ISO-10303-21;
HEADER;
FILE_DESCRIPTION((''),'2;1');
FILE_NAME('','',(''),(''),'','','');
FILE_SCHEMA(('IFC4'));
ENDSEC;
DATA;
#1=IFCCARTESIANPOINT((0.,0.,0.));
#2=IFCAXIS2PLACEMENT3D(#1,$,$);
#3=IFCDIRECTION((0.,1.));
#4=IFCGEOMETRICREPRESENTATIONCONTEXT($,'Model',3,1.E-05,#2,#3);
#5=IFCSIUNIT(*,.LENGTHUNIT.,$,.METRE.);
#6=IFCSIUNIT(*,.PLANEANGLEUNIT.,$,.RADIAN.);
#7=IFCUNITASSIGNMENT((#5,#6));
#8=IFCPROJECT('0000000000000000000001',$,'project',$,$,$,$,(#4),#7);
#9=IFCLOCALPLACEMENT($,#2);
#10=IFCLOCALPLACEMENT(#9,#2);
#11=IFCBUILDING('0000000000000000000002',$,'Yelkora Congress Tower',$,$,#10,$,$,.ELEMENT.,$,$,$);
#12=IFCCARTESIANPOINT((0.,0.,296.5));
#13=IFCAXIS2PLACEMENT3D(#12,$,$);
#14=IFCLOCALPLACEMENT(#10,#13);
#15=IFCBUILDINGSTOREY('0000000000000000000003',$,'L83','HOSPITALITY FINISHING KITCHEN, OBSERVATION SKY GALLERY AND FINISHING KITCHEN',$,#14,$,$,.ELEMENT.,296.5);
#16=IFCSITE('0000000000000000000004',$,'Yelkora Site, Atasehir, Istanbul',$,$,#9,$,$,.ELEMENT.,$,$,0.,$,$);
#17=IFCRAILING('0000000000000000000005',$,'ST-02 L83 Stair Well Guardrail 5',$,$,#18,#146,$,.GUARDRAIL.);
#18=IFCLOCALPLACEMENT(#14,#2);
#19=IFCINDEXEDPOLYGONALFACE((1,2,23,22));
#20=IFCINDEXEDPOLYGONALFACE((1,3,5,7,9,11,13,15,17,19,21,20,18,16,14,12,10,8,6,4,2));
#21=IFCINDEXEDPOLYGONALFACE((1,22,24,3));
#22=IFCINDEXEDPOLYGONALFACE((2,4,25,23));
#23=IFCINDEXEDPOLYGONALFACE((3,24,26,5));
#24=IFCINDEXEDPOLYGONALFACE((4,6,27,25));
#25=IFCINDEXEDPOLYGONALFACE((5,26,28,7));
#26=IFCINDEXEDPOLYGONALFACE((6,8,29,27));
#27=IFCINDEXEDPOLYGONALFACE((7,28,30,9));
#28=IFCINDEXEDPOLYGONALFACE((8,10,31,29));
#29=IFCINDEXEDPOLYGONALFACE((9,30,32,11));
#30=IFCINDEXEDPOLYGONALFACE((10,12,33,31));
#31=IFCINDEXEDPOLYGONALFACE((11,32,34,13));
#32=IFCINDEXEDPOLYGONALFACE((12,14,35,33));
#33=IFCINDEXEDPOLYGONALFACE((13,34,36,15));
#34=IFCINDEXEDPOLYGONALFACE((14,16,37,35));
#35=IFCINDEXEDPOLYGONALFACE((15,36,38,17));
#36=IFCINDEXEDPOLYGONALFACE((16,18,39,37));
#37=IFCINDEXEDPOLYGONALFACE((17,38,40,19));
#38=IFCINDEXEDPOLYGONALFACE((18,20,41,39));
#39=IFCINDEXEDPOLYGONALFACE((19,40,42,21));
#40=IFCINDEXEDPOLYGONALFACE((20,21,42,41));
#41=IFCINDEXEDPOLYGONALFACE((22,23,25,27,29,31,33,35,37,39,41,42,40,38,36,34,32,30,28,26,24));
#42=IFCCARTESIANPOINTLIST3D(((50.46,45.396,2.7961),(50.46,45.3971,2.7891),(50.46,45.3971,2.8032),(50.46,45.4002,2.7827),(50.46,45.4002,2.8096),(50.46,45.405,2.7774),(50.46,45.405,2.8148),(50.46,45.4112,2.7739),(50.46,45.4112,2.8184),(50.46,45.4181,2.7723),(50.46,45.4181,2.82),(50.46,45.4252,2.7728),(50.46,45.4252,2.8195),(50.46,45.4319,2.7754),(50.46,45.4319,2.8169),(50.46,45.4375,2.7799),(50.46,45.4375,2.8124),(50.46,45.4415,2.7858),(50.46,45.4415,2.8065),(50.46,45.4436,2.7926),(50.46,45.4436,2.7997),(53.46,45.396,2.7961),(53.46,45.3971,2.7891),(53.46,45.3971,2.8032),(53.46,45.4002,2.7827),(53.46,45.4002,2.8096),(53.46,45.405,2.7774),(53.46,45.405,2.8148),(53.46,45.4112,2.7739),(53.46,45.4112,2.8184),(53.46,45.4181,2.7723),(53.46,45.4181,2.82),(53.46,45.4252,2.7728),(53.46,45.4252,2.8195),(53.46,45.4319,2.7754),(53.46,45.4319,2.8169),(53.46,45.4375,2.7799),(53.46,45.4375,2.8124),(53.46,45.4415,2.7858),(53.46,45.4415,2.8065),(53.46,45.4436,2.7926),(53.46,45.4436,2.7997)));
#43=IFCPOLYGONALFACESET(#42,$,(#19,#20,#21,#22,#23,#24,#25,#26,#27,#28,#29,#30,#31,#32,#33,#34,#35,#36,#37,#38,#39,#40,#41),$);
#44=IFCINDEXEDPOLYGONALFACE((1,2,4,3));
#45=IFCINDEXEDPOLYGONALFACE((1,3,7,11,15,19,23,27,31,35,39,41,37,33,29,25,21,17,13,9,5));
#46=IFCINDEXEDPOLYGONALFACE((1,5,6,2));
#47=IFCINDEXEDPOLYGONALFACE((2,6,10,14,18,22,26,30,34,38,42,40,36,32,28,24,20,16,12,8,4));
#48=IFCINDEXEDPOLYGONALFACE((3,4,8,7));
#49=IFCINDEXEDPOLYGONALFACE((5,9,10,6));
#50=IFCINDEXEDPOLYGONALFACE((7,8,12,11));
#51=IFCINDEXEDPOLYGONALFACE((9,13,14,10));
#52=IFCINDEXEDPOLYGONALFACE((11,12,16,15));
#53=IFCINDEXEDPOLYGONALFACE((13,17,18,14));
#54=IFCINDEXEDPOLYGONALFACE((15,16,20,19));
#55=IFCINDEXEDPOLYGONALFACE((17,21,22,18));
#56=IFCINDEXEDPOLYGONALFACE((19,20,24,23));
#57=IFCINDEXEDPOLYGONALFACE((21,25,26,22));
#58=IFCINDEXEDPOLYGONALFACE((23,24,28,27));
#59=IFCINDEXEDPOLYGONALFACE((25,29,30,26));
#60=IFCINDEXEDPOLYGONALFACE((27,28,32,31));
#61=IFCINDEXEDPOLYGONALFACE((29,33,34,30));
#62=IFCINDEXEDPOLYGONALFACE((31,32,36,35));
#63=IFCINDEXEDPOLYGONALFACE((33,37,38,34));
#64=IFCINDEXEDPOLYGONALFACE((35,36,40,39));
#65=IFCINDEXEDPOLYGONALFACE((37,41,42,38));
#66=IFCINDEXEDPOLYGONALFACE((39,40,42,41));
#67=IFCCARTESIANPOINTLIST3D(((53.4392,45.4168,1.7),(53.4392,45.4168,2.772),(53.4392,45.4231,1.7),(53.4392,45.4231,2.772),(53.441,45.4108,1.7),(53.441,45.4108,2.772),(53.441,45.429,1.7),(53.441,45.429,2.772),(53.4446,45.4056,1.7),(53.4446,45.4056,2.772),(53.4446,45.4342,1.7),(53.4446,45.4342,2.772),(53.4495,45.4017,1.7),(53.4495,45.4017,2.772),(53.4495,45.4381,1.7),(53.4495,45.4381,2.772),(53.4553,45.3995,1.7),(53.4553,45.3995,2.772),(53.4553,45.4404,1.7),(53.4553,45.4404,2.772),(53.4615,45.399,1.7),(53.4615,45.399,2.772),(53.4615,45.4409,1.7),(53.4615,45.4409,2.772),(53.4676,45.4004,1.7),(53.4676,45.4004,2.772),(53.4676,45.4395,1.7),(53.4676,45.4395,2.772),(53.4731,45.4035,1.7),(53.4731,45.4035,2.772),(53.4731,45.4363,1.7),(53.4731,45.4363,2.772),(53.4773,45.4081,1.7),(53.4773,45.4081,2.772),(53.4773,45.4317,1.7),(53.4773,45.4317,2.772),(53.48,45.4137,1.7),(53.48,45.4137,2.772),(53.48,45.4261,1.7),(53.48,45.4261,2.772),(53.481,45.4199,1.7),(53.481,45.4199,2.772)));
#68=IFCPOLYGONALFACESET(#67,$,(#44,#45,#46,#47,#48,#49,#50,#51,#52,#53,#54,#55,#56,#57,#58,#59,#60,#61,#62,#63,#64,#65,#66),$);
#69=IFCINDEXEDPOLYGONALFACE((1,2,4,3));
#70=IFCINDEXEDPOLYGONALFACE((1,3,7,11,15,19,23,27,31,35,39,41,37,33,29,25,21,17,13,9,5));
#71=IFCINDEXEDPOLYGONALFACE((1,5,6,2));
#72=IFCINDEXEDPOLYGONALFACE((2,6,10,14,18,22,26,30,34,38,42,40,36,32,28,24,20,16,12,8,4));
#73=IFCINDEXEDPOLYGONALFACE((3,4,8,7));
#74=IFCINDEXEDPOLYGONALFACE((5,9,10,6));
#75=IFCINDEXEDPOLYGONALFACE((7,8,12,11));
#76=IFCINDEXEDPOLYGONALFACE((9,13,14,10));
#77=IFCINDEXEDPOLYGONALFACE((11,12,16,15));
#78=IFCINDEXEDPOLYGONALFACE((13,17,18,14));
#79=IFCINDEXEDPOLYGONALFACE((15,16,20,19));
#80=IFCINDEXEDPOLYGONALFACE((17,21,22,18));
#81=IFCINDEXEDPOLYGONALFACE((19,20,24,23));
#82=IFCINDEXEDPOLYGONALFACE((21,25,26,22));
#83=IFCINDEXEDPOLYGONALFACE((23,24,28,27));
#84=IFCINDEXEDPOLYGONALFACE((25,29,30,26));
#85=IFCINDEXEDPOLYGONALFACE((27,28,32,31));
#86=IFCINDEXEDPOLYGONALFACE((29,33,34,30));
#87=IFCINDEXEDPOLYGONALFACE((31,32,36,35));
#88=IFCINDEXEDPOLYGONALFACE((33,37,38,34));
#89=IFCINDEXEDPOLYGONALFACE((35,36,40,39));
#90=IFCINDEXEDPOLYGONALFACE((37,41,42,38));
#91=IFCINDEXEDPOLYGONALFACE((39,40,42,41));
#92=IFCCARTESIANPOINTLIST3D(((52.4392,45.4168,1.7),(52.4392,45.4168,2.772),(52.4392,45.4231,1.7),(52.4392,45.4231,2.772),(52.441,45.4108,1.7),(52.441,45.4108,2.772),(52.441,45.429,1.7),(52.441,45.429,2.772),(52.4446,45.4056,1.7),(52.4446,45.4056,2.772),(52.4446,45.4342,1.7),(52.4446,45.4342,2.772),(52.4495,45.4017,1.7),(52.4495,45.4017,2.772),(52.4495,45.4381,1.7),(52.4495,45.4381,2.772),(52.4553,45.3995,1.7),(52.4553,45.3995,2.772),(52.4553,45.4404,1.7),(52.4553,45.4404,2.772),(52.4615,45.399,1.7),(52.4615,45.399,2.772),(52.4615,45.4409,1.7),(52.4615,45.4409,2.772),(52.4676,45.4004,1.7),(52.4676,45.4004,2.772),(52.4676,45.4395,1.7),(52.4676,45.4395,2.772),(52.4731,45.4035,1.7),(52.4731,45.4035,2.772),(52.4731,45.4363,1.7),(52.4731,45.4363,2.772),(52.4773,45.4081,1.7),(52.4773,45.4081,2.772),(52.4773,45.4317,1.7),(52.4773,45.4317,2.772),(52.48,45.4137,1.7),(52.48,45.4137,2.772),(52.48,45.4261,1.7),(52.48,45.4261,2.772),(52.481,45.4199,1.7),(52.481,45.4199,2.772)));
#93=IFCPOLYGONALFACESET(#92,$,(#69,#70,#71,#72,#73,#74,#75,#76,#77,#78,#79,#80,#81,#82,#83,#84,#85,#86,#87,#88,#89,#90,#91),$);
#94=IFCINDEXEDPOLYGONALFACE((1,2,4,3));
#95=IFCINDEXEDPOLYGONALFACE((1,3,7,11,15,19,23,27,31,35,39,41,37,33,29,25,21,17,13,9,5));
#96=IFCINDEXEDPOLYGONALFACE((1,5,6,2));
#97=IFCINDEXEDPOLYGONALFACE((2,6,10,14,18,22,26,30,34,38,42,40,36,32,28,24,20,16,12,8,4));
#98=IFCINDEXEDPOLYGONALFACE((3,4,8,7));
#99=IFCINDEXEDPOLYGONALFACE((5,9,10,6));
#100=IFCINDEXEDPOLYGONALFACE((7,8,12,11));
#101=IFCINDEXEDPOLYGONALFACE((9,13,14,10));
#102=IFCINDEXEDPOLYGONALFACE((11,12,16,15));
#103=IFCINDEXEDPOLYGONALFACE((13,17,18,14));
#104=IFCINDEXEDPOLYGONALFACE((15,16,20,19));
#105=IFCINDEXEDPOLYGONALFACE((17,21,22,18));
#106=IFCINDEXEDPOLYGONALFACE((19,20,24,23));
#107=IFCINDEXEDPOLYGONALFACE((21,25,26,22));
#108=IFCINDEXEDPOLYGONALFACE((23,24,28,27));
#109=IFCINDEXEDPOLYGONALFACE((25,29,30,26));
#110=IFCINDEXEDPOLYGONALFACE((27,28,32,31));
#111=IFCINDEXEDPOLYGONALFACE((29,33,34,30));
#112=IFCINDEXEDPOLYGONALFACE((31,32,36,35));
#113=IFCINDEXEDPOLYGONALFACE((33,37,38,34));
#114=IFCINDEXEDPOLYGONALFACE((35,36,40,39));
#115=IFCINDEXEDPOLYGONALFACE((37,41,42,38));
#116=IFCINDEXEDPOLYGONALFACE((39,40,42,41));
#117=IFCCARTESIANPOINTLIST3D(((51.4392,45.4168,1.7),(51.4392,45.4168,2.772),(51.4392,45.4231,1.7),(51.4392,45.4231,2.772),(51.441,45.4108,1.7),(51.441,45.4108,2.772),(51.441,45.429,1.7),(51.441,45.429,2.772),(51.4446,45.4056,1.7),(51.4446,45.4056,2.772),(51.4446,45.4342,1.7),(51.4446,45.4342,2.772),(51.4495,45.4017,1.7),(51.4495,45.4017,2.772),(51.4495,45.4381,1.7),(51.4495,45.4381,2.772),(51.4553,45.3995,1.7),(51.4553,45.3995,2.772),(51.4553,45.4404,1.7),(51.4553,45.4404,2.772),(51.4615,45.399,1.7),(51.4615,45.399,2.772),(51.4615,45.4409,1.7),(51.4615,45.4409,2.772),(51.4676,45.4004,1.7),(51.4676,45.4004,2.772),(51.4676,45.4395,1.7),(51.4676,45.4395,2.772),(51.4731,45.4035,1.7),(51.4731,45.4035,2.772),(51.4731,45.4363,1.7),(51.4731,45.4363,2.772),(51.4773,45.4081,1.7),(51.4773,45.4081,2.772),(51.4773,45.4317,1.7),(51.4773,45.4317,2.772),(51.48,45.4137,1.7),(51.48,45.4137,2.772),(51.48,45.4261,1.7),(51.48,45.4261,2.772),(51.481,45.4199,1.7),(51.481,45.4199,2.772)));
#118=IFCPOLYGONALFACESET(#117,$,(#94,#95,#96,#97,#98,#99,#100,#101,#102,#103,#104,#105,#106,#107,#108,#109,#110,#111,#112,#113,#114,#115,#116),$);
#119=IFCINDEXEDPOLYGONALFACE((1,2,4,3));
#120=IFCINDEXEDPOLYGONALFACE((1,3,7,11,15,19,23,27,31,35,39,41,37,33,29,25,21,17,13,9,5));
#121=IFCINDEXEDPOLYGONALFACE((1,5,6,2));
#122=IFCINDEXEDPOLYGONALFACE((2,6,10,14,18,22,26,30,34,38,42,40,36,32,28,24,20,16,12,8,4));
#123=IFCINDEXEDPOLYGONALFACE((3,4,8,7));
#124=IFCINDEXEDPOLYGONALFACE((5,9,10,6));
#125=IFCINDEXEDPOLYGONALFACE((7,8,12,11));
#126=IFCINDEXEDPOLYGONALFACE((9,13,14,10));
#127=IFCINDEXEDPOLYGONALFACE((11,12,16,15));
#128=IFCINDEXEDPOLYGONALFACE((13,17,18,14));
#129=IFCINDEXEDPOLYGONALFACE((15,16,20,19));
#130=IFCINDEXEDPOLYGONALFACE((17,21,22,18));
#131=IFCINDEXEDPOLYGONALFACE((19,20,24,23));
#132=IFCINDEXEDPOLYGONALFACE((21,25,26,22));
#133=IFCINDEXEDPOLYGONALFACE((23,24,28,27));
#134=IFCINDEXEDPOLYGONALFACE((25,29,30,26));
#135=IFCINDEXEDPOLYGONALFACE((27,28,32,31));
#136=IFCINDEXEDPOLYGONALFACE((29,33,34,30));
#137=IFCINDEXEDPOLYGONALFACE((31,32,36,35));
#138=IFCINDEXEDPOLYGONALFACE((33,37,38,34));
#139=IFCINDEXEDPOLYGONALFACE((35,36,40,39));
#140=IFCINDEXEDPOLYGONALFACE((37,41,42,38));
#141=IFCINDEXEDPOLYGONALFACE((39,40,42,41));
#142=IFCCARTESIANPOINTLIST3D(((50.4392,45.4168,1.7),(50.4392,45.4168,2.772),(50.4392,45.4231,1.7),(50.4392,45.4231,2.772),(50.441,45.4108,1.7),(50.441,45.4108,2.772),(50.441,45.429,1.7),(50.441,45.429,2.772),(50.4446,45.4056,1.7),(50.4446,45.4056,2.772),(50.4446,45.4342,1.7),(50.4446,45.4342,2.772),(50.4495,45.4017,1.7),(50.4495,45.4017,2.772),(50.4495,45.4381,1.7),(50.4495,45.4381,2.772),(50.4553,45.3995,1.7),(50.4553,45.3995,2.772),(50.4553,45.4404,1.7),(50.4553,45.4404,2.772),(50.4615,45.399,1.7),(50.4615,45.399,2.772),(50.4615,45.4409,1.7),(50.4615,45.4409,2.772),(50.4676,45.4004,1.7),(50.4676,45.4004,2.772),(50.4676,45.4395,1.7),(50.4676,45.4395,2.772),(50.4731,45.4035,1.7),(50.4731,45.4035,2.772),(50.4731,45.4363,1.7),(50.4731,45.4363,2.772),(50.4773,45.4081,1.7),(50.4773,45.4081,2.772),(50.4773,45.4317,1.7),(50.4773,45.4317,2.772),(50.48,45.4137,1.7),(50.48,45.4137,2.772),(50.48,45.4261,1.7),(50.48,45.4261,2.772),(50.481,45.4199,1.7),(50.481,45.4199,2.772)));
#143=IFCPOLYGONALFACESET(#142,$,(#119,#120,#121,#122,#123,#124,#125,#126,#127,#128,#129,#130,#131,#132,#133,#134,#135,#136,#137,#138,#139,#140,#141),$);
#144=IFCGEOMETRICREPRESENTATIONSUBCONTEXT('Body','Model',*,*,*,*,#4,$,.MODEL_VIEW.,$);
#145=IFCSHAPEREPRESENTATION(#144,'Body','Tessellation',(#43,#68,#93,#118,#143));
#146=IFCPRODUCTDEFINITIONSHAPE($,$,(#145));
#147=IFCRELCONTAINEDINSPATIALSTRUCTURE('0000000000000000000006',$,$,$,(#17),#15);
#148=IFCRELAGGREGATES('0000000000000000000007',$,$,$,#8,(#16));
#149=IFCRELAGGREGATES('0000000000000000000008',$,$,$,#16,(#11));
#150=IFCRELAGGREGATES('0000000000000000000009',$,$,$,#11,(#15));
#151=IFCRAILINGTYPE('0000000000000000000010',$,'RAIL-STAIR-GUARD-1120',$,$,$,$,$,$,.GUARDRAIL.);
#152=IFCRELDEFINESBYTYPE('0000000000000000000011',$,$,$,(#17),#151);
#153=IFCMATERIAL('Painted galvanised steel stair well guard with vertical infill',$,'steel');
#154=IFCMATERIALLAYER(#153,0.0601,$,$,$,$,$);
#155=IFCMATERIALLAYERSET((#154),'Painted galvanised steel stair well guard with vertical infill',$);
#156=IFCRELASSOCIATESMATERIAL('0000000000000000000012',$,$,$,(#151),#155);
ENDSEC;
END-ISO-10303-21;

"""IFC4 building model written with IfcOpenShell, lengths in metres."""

from ifc_helpers import new_model, si_unit, direction, frame, origin, origin_2d, place, context, subcontext, project, spatial, circle, extrude, material, layer, layer_set, type_object, element, save


model = new_model("IFC4")

# Units and contexts
model_context = context("Model", 3, precision=1e-05, world=origin(), true_north=direction((0.0, 1.0)))
body_context = subcontext(model_context, "Body", "Model", "MODEL_VIEW")
ifc_project = project(units=[si_unit("LENGTHUNIT", "METRE"), si_unit("PLANEANGLEUNIT", "RADIAN")], contexts=[model_context])

# Site, building, storey
site_placement = place(None, origin())
site = spatial("IfcSite", under=ifc_project, at=site_placement, Name="Yelkora Site, Atasehir, Istanbul", CompositionType="ELEMENT", RefElevation=0.0)
building_placement = place(site_placement, origin())
building = spatial("IfcBuilding", under=site, at=building_placement, Name="Yelkora Congress Tower", CompositionType="ELEMENT")
storey_placement = place(building_placement, frame((0.0, 0.0, 296.5)))
storey = spatial("IfcBuildingStorey", under=building, at=storey_placement, Name="L83", Description="HOSPITALITY FINISHING KITCHEN, OBSERVATION SKY GALLERY AND FINISHING KITCHEN", CompositionType="ELEMENT", Elevation=296.5)

# Railing
ifc_material_1 = material(Name="Painted galvanised steel stair well guard with vertical infill", Category="steel")
ifc_layer_1 = layer(ifc_material_1, 0.0601)
ifc_layer_set_1 = layer_set([ifc_layer_1], Name="Painted galvanised steel stair well guard with vertical infill")
railing_type = type_object("IfcRailingType", Name="RAIL-STAIR-GUARD-1120", PredefinedType="GUARDRAIL", material=ifc_layer_set_1)
railing_1_placement = place(storey_placement, frame((53.46, 45.4199, 1.7)))
element("IfcRailing", 1, at=railing_1_placement, inside=storey, type_object=railing_type, Name="ST-02 L83 Stair Well Guardrail 5", PredefinedType="GUARDRAIL", context=body_context, shape_type="SweptSolid", body=[
    extrude(circle(Radius=0.0239, at=origin_2d()), frame((0.0, 0.0, 1.0962), z_axis=(-1.0, 0.0, 0.0), x_axis=(0.0, -1.0, 0.0)), (0.0, 0.0, 1.0), 3.0),
    extrude(circle(Radius=0.021, at=origin_2d()), origin(), (0.0, 0.0, 1.0), 1.072),
    extrude(circle(Radius=0.021, at=origin_2d()), frame((-1.0, 0.0, 0.0)), (0.0, 0.0, 1.0), 1.072),
    extrude(circle(Radius=0.021, at=origin_2d()), frame((-2.0, 0.0, 0.0)), (0.0, 0.0, 1.0), 1.072),
    extrude(circle(Radius=0.021, at=origin_2d()), frame((-3.0, 0.0, 0.0)), (0.0, 0.0, 1.0), 1.072),
])

save(model, "model.ifc")
